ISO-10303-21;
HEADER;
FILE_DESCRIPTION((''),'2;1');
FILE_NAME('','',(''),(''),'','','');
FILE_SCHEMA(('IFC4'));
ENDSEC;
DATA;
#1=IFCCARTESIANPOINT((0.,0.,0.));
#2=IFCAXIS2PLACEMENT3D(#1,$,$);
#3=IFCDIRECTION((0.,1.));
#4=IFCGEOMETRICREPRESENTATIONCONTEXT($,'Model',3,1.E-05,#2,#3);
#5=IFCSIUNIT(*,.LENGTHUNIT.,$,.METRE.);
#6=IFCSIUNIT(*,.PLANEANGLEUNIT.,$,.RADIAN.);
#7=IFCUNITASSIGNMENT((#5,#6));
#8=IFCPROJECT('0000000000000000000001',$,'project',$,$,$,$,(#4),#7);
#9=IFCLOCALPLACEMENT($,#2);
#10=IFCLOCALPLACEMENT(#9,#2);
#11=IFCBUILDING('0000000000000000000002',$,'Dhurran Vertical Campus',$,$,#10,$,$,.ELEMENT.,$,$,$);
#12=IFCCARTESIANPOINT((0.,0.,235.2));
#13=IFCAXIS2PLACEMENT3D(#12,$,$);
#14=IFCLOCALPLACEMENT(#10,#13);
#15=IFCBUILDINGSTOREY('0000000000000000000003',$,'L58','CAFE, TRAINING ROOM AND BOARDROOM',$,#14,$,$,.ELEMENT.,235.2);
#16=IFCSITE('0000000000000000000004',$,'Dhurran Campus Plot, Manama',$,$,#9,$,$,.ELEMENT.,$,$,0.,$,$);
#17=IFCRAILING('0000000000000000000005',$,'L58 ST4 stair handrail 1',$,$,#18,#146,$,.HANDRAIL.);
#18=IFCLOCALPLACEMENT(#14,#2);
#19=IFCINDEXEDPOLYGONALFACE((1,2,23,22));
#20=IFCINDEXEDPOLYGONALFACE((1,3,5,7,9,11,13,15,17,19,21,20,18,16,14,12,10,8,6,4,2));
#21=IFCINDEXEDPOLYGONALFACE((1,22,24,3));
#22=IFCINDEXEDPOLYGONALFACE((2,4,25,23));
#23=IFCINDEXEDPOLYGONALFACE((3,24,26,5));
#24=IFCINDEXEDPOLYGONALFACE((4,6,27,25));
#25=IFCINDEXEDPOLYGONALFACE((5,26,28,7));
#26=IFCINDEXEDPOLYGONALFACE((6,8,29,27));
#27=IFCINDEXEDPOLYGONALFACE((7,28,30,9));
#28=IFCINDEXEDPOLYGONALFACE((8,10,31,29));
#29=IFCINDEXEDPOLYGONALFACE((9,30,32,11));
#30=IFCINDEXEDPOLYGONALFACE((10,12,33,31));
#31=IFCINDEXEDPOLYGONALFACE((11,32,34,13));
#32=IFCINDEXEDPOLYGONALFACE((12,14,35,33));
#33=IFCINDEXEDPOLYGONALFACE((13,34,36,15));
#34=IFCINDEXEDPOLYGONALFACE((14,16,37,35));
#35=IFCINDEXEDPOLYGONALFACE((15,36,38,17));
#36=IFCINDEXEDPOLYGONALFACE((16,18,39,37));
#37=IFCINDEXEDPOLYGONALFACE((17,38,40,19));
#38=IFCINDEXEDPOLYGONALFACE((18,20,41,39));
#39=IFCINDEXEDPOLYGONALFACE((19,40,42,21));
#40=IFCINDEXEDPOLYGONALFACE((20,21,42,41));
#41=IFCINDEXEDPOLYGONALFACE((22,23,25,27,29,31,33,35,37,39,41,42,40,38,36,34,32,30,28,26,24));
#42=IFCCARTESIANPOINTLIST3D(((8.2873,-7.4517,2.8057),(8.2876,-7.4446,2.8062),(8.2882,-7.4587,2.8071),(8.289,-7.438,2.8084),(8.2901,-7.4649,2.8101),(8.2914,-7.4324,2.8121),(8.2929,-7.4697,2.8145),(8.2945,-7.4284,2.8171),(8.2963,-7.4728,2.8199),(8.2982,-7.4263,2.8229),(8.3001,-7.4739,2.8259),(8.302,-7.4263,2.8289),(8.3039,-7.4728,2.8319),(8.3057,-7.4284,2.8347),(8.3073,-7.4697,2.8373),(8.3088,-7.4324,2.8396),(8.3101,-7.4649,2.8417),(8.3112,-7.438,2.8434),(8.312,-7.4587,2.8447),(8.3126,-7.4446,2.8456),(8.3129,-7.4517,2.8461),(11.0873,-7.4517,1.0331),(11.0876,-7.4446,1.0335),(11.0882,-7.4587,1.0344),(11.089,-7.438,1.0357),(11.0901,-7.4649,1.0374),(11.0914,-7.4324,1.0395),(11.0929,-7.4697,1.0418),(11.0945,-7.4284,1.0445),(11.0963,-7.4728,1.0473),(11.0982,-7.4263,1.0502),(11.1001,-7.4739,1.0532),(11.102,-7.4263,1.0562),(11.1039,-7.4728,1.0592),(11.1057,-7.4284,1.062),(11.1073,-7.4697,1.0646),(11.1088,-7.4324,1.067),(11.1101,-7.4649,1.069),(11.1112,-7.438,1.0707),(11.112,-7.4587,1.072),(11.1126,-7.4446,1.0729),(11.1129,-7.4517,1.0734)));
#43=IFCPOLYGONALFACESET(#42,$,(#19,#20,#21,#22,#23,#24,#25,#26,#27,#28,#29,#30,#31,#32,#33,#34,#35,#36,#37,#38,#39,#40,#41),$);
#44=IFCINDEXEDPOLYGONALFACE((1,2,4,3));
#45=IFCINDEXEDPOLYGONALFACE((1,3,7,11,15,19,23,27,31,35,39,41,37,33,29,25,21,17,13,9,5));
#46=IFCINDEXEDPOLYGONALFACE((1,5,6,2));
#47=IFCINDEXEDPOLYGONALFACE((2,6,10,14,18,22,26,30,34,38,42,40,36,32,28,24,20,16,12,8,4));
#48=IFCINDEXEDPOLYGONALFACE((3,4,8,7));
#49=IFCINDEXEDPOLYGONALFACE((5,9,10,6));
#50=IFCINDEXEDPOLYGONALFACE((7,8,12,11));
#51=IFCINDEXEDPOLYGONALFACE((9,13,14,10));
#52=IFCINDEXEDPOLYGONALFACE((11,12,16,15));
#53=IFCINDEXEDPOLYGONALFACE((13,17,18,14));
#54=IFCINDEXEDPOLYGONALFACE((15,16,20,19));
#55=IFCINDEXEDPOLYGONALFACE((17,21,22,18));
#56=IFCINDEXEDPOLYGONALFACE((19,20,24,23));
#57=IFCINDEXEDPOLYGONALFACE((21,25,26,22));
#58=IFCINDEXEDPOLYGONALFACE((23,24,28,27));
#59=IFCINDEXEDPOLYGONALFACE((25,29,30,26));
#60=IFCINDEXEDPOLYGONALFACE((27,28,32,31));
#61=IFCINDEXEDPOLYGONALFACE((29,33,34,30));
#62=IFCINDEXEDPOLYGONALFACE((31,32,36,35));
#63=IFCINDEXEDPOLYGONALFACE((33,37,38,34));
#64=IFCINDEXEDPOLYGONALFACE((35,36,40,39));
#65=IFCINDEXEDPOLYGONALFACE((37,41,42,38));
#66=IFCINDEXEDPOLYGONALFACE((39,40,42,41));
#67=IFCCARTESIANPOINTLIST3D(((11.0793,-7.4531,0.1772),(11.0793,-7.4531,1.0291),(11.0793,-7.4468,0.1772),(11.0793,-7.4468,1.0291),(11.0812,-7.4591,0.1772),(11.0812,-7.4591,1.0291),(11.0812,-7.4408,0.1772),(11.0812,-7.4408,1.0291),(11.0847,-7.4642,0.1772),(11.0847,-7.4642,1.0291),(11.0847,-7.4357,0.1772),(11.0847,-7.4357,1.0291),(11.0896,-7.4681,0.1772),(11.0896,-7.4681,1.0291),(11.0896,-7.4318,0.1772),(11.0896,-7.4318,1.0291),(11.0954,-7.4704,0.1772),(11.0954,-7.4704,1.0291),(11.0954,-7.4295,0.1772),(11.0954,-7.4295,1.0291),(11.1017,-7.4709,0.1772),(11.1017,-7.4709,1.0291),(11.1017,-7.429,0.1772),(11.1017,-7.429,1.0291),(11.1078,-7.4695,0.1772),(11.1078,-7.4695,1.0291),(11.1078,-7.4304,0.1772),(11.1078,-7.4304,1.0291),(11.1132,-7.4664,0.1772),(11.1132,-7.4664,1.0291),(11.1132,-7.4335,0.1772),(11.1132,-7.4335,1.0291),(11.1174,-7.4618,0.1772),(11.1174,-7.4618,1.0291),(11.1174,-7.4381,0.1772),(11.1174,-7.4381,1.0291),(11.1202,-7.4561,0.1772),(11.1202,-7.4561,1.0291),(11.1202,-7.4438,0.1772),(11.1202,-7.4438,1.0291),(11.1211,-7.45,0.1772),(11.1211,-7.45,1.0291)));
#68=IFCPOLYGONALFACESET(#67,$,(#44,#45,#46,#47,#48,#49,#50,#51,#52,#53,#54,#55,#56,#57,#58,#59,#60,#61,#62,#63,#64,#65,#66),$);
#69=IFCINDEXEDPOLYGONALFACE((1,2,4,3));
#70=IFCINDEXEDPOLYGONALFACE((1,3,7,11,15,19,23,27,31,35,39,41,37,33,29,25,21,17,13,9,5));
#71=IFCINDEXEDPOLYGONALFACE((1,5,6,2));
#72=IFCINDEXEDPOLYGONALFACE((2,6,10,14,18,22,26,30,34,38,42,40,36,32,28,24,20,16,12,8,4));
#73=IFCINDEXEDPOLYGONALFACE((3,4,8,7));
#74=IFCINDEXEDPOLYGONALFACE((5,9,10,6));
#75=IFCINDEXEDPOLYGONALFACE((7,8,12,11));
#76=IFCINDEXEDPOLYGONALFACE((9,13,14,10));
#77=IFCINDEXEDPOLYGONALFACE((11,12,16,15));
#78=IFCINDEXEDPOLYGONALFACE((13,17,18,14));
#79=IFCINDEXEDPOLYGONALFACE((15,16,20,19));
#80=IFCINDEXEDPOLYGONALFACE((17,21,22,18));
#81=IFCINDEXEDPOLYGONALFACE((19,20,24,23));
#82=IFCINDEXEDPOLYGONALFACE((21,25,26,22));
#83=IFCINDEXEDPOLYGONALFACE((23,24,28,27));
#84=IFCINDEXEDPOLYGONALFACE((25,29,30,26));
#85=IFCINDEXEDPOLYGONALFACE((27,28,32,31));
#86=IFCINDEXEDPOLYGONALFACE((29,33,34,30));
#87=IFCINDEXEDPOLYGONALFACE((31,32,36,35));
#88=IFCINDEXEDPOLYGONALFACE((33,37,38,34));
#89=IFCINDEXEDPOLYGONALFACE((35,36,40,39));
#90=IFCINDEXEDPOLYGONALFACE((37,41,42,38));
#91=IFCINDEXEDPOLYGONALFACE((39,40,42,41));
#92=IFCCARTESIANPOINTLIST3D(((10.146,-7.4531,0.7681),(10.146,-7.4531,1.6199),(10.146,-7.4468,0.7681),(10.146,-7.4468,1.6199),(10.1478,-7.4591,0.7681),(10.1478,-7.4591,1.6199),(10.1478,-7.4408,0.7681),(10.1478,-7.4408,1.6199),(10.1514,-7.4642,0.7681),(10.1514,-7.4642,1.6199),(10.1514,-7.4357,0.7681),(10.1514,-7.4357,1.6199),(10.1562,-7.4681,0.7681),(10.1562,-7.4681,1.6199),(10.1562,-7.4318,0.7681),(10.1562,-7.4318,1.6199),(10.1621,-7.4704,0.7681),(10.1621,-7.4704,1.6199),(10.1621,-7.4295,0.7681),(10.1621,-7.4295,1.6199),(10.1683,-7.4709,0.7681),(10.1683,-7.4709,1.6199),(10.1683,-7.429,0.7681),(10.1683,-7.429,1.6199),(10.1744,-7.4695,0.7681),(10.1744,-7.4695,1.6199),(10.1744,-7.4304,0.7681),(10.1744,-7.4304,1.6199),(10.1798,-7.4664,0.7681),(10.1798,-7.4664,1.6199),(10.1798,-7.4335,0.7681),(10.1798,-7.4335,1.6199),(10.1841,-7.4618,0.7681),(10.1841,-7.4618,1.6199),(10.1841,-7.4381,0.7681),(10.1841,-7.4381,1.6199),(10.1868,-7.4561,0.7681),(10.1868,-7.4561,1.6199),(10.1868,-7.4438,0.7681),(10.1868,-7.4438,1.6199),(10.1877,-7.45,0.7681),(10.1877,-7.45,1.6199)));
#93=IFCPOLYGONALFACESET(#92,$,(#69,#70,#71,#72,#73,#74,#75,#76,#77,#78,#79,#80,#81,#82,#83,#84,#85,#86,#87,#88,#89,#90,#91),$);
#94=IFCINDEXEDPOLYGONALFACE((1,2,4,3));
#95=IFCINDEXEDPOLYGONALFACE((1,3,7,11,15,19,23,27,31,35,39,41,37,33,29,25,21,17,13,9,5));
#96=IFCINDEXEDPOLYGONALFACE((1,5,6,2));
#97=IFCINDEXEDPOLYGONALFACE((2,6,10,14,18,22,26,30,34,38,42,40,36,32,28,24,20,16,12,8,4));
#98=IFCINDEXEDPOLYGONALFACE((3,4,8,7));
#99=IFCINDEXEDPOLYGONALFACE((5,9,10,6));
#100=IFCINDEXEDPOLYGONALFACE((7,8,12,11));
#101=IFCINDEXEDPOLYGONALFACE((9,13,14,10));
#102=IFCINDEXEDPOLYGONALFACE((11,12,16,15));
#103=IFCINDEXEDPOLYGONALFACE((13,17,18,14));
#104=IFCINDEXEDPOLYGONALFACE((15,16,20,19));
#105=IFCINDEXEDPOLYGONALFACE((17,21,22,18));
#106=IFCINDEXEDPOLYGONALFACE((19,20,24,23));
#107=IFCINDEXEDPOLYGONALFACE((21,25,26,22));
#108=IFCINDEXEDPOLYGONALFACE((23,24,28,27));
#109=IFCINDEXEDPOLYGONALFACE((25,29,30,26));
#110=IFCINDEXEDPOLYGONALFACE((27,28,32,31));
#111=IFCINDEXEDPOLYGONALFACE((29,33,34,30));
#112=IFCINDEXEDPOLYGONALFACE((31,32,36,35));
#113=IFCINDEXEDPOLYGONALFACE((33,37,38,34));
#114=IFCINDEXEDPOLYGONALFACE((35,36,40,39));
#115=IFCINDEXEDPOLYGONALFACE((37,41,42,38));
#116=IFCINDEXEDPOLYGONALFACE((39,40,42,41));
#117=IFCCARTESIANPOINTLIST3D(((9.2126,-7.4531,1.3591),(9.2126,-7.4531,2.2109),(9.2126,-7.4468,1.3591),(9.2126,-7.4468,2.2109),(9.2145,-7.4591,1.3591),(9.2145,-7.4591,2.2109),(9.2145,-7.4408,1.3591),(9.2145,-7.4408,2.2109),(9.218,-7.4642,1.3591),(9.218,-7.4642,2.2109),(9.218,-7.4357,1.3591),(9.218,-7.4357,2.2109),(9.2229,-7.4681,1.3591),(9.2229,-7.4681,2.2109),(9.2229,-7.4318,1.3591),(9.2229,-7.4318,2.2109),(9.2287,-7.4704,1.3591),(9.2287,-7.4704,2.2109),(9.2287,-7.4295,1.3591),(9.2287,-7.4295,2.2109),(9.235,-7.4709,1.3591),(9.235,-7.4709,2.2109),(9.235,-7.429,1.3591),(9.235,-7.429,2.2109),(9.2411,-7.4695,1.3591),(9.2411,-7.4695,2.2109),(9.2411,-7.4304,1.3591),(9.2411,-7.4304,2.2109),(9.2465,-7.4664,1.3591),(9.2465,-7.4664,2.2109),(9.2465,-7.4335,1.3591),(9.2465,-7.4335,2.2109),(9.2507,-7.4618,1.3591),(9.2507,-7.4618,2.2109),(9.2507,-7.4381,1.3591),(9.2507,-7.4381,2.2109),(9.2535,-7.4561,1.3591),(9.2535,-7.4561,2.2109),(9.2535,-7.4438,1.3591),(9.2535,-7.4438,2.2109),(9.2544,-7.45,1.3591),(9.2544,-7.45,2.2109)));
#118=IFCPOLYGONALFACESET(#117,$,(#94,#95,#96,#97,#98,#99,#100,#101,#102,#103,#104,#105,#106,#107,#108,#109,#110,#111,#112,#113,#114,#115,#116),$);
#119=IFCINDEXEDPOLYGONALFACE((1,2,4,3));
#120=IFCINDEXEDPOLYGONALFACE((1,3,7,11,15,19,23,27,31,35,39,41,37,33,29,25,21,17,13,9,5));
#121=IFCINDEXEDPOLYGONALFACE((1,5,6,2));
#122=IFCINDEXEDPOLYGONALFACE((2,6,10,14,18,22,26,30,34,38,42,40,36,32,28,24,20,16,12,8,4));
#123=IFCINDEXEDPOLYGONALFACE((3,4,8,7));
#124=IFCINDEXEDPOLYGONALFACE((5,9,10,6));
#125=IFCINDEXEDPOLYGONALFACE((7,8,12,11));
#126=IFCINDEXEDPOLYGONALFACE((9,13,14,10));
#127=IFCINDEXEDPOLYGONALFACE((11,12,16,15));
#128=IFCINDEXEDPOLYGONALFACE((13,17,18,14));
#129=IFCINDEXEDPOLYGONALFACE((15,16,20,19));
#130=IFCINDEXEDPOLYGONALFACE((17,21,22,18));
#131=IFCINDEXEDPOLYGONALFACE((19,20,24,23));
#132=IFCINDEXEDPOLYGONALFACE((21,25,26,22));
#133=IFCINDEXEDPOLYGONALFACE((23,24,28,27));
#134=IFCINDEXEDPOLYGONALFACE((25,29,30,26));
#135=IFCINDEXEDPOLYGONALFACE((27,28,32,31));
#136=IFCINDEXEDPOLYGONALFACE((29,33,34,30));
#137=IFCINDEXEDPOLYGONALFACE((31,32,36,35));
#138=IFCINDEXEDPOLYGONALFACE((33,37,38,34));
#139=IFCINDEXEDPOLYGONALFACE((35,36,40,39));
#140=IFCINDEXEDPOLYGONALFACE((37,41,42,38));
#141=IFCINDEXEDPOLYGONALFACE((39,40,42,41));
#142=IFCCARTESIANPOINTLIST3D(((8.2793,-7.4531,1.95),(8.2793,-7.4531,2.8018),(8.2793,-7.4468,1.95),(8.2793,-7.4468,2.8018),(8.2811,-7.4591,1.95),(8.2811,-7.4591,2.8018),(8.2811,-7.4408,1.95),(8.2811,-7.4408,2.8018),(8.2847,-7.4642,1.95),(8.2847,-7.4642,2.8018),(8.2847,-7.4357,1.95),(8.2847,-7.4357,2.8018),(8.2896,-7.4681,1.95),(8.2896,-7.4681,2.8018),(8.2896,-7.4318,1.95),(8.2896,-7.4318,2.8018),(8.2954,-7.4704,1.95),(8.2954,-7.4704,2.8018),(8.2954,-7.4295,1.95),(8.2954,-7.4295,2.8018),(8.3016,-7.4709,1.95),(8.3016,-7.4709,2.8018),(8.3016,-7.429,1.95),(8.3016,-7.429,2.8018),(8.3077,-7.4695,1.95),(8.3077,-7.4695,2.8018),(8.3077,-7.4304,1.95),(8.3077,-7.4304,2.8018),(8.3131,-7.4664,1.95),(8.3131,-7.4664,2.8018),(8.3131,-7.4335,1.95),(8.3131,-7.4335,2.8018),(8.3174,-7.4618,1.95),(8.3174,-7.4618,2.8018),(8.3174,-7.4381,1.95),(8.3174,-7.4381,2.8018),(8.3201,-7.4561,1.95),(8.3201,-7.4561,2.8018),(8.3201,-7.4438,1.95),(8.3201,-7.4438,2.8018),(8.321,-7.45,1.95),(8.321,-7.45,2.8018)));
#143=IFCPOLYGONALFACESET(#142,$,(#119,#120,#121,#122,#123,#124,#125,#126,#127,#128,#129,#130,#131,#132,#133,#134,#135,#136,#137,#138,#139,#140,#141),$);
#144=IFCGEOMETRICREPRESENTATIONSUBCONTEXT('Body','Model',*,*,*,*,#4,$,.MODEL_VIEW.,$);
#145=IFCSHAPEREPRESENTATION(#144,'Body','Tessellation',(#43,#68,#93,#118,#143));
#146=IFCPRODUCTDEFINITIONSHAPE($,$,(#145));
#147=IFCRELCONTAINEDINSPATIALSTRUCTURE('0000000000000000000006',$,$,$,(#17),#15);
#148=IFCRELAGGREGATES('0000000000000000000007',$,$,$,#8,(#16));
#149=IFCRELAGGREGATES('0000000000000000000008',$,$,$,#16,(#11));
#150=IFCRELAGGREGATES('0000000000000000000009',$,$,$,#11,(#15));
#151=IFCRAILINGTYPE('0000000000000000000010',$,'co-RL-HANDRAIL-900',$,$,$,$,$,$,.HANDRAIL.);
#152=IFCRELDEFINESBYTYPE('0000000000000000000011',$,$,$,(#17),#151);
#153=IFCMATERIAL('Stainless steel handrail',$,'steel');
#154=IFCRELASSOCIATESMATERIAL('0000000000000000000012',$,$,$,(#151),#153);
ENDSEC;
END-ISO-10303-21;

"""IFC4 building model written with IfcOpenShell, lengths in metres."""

from ifc_helpers import new_model, si_unit, direction, frame, origin, origin_2d, place, context, subcontext, project, spatial, circle, extrude, material, type_object, element, save


model = new_model("IFC4")

# Units and contexts
model_context = context("Model", 3, precision=1e-05, world=origin(), true_north=direction((0.0, 1.0)))
body_context = subcontext(model_context, "Body", "Model", "MODEL_VIEW")
ifc_project = project(units=[si_unit("LENGTHUNIT", "METRE"), si_unit("PLANEANGLEUNIT", "RADIAN")], contexts=[model_context])

# Site, building, storey
site_placement = place(None, origin())
site = spatial("IfcSite", under=ifc_project, at=site_placement, Name="Dhurran Campus Plot, Manama", CompositionType="ELEMENT", RefElevation=0.0)
building_placement = place(site_placement, origin())
building = spatial("IfcBuilding", under=site, at=building_placement, Name="Dhurran Vertical Campus", CompositionType="ELEMENT")
storey_placement = place(building_placement, frame((0.0, 0.0, 235.2)))
storey = spatial("IfcBuildingStorey", under=building, at=storey_placement, Name="L58", Description="CAFE, TRAINING ROOM AND BOARDROOM", CompositionType="ELEMENT", Elevation=235.2)

# Railing
ifc_material_1 = material(Name="Stainless steel handrail", Category="steel")
railing_type_1 = type_object("IfcRailingType", Name="co-RL-HANDRAIL-900", PredefinedType="HANDRAIL", material=ifc_material_1)
railing_1_placement = place(storey_placement, frame((11.1001, -7.45, 0.1772)))
element("IfcRailing", 1, at=railing_1_placement, inside=storey, type_object=railing_type_1, Name="L58 ST4 stair handrail 1", PredefinedType="HANDRAIL", context=body_context, shape_type="SweptSolid", body=[
    extrude(circle(Radius=0.0239, at=origin_2d()), frame((0.0, 0.0, 0.876), z_axis=(-0.844909, 0.0, 0.53491), x_axis=(0.0, -1.0, 0.0)), (0.0, 0.0, 1.0), 3.314),
    extrude(circle(Radius=0.021, at=origin_2d()), origin(), (0.0, 0.0, 1.0), 0.8518),
    extrude(circle(Radius=0.021, at=origin_2d()), frame((-0.9333, 0.0, 0.5908)), (0.0, 0.0, 1.0), 0.8518),
    extrude(circle(Radius=0.021, at=origin_2d()), frame((-1.8667, 0.0, 1.1819)), (0.0, 0.0, 1.0), 0.8518),
    extrude(circle(Radius=0.021, at=origin_2d()), frame((-2.8, 0.0, 1.7727)), (0.0, 0.0, 1.0), 0.8518),
])

save(model, "model.ifc")
